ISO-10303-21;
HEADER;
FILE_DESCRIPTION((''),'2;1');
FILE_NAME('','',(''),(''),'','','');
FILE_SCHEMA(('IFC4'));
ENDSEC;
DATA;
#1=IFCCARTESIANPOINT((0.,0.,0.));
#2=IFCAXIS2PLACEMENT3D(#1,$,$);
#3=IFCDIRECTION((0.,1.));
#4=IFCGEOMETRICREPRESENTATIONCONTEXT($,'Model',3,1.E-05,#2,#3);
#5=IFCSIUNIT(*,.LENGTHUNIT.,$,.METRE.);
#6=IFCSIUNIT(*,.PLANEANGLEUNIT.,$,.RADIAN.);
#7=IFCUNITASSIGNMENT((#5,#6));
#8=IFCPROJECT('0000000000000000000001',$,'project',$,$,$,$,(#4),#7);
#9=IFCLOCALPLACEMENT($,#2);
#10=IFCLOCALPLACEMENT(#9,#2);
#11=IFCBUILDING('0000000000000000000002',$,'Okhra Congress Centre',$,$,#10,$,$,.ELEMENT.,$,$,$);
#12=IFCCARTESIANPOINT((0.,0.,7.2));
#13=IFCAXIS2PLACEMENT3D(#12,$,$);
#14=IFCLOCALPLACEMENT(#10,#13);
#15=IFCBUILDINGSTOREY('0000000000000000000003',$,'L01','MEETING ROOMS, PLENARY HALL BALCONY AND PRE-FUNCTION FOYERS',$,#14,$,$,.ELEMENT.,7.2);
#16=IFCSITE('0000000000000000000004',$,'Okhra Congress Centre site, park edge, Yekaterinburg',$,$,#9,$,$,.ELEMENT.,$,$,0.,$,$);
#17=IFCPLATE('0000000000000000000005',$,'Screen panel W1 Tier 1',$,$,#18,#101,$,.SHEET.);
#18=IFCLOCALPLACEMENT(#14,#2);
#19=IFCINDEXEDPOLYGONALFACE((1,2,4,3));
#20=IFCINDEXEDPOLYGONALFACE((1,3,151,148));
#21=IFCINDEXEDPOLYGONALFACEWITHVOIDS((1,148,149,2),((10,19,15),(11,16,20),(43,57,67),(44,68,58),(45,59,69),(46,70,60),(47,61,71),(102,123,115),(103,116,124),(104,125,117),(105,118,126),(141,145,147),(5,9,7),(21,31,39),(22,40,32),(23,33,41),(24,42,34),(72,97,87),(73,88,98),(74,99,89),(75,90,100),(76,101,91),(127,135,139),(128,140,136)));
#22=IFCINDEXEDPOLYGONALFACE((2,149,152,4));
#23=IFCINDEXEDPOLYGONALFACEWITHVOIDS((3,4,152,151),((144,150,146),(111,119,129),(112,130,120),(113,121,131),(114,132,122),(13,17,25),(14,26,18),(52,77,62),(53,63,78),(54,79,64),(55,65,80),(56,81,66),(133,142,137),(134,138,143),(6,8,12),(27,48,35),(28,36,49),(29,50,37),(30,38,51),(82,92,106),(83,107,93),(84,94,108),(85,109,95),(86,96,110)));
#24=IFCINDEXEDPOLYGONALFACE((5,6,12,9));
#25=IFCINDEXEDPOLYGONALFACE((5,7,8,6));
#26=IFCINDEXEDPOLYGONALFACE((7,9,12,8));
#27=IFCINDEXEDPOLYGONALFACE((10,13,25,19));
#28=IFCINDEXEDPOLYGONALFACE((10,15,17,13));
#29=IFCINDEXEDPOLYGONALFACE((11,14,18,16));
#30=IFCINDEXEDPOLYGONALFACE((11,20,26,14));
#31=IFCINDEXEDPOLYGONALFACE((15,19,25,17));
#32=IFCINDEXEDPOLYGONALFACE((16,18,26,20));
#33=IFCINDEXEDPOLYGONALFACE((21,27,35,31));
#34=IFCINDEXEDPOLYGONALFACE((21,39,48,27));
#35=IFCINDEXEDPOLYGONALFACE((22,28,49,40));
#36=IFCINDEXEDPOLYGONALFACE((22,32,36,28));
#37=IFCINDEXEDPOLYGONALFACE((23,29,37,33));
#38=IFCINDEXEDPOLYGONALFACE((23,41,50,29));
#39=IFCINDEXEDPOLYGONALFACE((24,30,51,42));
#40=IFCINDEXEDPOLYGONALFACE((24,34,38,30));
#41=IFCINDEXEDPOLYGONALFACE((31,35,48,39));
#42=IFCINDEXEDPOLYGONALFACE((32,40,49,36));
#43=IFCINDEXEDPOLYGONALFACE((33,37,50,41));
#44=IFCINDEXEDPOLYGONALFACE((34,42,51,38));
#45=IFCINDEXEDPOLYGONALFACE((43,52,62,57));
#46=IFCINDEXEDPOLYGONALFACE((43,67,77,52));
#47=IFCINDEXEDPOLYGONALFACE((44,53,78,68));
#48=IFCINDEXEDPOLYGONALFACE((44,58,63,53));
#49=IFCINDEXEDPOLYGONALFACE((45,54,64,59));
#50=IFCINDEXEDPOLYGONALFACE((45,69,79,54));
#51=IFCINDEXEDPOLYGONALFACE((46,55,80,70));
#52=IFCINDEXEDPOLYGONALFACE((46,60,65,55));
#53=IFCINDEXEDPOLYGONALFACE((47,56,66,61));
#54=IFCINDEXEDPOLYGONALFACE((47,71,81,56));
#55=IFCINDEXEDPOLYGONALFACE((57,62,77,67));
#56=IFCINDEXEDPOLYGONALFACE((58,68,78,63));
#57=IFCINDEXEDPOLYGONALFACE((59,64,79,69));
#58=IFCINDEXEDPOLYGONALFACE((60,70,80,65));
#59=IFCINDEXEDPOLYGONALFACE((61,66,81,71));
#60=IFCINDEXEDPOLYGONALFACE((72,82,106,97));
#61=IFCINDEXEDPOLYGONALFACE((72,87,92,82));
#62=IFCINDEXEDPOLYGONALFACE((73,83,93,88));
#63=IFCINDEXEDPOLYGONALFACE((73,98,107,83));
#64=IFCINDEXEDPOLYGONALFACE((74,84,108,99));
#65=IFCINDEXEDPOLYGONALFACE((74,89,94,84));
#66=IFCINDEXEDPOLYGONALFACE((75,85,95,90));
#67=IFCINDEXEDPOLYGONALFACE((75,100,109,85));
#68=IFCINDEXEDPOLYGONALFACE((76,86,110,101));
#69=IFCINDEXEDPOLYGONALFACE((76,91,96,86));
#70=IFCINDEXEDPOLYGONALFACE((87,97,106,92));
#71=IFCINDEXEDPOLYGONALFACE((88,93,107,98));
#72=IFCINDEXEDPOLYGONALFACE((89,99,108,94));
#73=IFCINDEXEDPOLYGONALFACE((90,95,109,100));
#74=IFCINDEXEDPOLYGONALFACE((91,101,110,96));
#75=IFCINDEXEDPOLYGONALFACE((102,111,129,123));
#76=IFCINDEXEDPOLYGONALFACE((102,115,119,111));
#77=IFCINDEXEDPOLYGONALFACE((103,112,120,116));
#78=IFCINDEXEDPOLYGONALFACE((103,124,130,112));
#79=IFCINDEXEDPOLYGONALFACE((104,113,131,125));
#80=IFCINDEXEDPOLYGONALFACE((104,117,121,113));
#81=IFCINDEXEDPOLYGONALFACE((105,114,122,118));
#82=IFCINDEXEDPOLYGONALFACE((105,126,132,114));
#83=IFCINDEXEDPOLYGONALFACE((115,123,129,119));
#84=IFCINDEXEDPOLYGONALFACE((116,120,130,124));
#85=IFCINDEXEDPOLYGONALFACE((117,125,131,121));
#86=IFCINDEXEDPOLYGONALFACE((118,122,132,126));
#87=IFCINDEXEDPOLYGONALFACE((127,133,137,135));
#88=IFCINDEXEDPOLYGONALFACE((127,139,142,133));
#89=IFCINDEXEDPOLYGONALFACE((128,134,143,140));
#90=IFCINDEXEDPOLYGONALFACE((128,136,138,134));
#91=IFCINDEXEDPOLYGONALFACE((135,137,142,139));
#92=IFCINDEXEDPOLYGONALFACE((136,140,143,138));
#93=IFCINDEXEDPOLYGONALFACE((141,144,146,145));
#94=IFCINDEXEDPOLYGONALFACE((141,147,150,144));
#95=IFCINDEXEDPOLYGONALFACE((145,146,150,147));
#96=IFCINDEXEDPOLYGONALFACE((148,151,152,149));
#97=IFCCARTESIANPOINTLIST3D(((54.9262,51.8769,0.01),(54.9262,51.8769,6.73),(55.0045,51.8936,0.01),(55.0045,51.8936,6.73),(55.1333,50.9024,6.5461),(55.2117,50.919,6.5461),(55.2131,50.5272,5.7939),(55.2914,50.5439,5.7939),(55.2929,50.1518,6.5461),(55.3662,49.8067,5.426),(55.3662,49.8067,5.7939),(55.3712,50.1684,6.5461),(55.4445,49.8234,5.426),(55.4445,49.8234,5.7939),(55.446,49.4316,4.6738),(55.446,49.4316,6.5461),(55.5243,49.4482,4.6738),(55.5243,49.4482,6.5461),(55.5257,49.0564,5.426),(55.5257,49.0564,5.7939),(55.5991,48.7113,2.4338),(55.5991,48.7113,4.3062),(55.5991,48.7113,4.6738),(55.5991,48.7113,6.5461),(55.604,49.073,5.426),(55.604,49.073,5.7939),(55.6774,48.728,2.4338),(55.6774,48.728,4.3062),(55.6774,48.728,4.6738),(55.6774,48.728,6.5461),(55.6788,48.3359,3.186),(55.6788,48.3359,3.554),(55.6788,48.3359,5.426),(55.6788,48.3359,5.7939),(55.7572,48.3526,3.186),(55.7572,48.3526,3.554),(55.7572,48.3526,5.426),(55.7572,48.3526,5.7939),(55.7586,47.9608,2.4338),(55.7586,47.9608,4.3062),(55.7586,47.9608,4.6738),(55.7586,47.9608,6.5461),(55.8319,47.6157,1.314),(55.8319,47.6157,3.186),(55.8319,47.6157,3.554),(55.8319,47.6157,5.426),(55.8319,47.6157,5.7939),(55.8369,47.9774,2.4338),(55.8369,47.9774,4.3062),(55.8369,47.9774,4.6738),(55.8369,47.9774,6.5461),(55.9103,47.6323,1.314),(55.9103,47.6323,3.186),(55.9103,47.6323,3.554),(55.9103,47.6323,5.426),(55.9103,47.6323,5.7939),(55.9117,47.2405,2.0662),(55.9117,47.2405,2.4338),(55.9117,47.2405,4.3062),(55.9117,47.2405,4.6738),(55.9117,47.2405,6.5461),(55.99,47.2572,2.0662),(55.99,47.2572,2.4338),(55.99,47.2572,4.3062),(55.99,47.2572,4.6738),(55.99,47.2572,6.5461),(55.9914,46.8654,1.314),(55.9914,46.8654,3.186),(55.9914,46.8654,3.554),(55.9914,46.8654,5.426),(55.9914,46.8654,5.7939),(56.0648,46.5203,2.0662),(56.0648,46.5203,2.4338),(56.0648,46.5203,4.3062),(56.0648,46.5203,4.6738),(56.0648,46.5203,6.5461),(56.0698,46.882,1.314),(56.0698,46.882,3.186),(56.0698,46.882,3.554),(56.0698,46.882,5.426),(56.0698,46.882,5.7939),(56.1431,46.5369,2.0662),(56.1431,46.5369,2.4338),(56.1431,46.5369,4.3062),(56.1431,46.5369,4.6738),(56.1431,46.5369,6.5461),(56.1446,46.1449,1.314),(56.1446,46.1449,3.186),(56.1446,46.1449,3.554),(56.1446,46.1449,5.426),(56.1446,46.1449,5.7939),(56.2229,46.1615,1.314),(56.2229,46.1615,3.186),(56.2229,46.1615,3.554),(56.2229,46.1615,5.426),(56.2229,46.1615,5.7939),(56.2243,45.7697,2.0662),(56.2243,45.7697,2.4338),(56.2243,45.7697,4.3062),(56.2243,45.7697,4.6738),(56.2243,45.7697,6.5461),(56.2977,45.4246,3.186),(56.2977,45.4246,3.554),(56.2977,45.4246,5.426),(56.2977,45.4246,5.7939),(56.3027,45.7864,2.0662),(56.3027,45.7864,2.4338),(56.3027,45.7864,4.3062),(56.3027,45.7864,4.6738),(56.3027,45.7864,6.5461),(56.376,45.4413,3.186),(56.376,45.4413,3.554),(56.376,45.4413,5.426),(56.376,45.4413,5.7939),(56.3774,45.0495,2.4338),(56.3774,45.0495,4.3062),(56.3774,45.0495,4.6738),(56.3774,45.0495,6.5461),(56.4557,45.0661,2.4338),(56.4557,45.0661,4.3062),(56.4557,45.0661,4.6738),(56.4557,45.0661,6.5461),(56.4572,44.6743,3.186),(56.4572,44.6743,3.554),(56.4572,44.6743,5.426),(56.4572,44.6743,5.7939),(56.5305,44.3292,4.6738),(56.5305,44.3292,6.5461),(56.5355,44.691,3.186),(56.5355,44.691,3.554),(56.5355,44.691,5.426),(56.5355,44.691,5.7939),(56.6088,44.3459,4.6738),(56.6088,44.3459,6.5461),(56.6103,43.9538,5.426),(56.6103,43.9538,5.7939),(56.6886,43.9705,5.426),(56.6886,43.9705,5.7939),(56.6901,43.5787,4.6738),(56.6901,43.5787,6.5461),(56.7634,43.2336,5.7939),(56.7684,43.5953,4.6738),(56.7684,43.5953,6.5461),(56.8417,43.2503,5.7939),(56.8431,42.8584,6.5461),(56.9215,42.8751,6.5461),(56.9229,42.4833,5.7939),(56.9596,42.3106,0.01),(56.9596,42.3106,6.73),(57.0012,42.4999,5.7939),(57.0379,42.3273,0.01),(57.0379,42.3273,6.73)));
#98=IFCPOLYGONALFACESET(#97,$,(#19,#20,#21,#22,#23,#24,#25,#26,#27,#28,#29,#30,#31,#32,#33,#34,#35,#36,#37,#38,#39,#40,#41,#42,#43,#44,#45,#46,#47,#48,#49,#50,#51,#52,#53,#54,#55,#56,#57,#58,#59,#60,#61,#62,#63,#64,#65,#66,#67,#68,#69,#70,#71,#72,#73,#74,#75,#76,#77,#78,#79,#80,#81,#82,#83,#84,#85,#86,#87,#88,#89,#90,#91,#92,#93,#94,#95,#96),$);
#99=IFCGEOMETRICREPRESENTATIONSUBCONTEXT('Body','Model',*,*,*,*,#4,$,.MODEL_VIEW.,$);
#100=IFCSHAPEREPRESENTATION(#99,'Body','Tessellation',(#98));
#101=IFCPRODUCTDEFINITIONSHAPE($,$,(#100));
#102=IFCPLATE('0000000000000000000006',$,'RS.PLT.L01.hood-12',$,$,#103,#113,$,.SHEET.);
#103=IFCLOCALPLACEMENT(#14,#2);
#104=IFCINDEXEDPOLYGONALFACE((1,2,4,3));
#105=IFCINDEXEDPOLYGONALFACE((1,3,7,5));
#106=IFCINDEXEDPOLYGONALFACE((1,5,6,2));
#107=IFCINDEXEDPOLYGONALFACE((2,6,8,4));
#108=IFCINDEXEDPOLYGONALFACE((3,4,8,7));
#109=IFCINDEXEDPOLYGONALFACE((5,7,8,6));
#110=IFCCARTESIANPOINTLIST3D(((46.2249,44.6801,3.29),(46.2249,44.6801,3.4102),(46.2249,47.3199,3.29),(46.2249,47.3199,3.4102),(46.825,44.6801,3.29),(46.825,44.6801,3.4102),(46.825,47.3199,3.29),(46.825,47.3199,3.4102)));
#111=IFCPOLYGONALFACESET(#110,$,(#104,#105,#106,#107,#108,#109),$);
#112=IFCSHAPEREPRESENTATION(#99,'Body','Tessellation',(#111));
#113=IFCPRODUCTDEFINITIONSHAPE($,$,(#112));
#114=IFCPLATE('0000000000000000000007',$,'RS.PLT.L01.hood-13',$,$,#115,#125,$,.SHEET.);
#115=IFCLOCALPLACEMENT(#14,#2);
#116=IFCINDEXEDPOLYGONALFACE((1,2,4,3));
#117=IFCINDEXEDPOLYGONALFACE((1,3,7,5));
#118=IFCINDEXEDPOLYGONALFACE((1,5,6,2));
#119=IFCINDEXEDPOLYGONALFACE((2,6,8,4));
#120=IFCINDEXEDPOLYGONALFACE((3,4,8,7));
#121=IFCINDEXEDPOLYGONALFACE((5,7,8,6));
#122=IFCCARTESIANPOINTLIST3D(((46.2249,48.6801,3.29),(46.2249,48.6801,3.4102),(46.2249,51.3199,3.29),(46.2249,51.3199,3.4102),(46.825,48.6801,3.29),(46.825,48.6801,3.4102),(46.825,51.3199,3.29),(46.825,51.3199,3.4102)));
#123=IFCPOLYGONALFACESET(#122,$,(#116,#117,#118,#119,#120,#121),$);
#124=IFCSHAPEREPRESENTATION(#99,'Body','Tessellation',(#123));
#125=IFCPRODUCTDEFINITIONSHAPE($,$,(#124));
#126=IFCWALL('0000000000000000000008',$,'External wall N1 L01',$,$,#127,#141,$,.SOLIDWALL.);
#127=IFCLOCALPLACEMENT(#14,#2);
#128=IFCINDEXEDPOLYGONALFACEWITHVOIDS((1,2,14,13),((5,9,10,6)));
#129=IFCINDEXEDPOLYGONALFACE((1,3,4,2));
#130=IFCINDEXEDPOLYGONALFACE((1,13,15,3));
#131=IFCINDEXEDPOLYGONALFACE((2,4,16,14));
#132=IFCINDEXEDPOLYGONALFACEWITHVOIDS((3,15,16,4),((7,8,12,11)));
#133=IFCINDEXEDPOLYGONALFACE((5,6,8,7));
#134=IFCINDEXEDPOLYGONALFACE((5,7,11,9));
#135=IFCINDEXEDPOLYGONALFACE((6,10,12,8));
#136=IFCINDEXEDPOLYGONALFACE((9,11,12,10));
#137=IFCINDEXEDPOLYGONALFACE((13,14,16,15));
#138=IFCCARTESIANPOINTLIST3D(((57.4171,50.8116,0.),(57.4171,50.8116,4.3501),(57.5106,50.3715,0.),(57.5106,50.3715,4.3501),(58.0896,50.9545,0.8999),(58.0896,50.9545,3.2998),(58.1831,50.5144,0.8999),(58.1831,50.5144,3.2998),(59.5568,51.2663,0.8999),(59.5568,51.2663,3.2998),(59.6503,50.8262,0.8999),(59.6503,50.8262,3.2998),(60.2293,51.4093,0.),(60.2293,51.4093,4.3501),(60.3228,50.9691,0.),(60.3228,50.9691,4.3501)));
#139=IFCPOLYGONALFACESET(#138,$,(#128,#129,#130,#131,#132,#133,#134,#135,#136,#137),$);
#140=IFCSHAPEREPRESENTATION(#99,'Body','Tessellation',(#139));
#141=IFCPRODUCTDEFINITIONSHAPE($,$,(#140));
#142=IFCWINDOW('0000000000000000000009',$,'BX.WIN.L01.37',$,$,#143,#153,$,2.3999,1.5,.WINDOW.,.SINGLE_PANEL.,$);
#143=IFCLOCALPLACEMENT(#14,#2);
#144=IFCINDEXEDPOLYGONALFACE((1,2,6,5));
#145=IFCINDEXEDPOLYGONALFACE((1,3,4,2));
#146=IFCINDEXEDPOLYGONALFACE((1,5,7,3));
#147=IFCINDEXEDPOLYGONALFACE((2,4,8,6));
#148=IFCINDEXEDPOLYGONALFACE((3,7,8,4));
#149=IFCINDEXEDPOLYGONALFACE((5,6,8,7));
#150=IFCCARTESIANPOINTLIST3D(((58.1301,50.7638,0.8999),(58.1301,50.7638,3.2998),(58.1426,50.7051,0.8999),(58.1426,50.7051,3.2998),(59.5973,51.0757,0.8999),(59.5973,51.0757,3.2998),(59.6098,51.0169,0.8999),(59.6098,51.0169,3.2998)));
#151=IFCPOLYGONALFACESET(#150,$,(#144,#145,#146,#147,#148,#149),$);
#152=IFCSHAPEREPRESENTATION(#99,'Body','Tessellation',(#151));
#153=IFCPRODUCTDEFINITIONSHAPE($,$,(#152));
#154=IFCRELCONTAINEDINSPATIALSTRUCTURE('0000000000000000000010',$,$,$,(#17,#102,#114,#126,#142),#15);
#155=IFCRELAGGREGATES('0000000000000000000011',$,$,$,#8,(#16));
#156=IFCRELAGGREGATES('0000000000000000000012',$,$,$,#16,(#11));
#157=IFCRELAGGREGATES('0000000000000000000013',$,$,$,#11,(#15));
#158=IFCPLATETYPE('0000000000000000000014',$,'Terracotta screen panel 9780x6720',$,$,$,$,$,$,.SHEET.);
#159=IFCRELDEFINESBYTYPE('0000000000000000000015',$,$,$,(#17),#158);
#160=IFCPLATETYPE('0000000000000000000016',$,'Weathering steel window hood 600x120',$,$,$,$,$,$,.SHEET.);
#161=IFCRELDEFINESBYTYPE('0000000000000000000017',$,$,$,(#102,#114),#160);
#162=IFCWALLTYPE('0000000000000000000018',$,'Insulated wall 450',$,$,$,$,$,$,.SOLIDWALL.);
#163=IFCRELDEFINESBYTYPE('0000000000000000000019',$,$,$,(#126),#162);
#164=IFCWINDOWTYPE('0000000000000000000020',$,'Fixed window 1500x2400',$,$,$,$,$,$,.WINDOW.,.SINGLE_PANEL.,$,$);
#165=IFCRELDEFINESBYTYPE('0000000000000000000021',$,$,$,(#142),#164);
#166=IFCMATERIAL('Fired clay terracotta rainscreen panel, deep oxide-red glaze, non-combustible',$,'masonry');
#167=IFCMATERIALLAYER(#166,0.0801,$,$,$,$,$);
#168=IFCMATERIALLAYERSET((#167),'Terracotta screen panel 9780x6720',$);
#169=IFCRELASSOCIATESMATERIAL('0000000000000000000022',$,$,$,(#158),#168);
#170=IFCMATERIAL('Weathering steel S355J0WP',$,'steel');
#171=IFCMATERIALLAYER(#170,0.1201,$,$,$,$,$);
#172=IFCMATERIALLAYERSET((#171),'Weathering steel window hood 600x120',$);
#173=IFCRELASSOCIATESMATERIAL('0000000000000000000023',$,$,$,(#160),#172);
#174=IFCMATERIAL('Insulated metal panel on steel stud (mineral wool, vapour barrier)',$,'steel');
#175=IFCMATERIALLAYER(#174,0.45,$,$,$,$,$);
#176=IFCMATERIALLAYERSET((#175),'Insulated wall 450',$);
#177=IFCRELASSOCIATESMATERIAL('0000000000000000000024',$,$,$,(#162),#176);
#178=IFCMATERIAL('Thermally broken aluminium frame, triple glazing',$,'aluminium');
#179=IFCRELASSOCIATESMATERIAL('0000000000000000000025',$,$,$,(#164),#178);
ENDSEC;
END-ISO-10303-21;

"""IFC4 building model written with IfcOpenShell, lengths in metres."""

from ifc_helpers import new_model, si_unit, direction, frame, frame_2d, origin, origin_2d, place, context, subcontext, project, spatial, polyline, rectangle, outline, extrude, material, layer, layer_set, type_object, element, fill, save


model = new_model("IFC4")

# Units and contexts
model_context = context("Model", 3, precision=1e-05, world=origin(), true_north=direction((0.0, 1.0)))
body_context = subcontext(model_context, "Body", "Model", "MODEL_VIEW")
ifc_project = project(units=[si_unit("LENGTHUNIT", "METRE"), si_unit("PLANEANGLEUNIT", "RADIAN")], contexts=[model_context])

# Site, building, storey
site_placement = place(None, origin())
site = spatial("IfcSite", under=ifc_project, at=site_placement, Name="Okhra Congress Centre site, park edge, Yekaterinburg", CompositionType="ELEMENT", RefElevation=0.0)
building_placement = place(site_placement, origin())
building = spatial("IfcBuilding", under=site, at=building_placement, Name="Okhra Congress Centre", CompositionType="ELEMENT")
storey_placement = place(building_placement, frame((0.0, 0.0, 7.2)))
storey = spatial("IfcBuildingStorey", under=building, at=storey_placement, Name="L01", Description="MEETING ROOMS, PLENARY HALL BALCONY AND PRE-FUNCTION FOYERS", CompositionType="ELEMENT", Elevation=7.2)

# Plates
ifc_material_1 = material(Name="Fired clay terracotta rainscreen panel, deep oxide-red glaze, non-combustible", Category="masonry")
ifc_layer_1 = layer(ifc_material_1, 0.0801)
ifc_layer_set_1 = layer_set([ifc_layer_1], Name="Terracotta screen panel 9780x6720")
plate_type_1 = type_object("IfcPlateType", Name="Terracotta screen panel 9780x6720", PredefinedType="SHEET", material=ifc_layer_set_1)
plate_1_placement = place(storey_placement, frame((54.9653, 51.8853, 0.01), z_axis=(0.0, 0.0, 1.0), x_axis=(0.207916, -0.978147, 0.0)))
element("IfcPlate", 1, at=plate_1_placement, inside=storey, type_object=plate_type_1, Name="Screen panel W1 Tier 1", PredefinedType="SHEET", context=body_context, shape_type="SweptSolid", body=[
    extrude(outline(polyline([(0.0, 0.0), (9.78, 0.0), (9.78, 6.72), (0.0, 6.72), (0.0, 0.0)]), holes=[polyline([(4.3564, 1.304), (5.1235, 1.304), (4.74, 2.0562), (4.3564, 1.304)]), polyline([(5.4763, 2.0562), (5.8601, 1.304), (6.2437, 2.0562), (5.4763, 2.0562)]), polyline([(3.2363, 2.4238), (4.0037, 2.4238), (3.6201, 3.176), (3.2363, 2.4238)]), polyline([(4.3564, 3.176), (4.74, 2.4238), (5.1235, 3.176), (4.3564, 3.176)]), polyline([(5.4763, 2.4238), (6.2437, 2.4238), (5.8601, 3.176), (5.4763, 2.4238)]), polyline([(6.5964, 3.176), (6.98, 2.4238), (7.3635, 3.176), (6.5964, 3.176)]), polyline([(3.2363, 4.2961), (3.6201, 3.5439), (4.0037, 4.2961), (3.2363, 4.2961)]), polyline([(4.3564, 3.5439), (5.1235, 3.5439), (4.74, 4.2961), (4.3564, 3.5439)]), polyline([(5.4763, 4.2961), (5.8601, 3.5439), (6.2437, 4.2961), (5.4763, 4.2961)]), polyline([(6.5964, 3.5439), (7.3635, 3.5439), (6.98, 4.2961), (6.5964, 3.5439)]), polyline([(2.1165, 5.416), (2.5, 4.6638), (2.8835, 5.416), (2.1165, 5.416)]), polyline([(3.2363, 4.6638), (4.0037, 4.6638), (3.6201, 5.416), (3.2363, 4.6638)]), polyline([(4.3564, 5.416), (4.74, 4.6638), (5.1235, 5.416), (4.3564, 5.416)]), polyline([(5.4763, 4.6638), (6.2437, 4.6638), (5.8601, 5.416), (5.4763, 4.6638)]), polyline([(6.5964, 5.416), (6.98, 4.6638), (7.3635, 5.416), (6.5964, 5.416)]), polyline([(7.7163, 4.6638), (8.4836, 4.6638), (8.1001, 5.416), (7.7163, 4.6638)]), polyline([(0.9963, 6.5361), (1.3799, 5.7839), (1.7637, 6.5361), (0.9963, 6.5361)]), polyline([(2.1165, 5.7839), (2.8835, 5.7839), (2.5, 6.5361), (2.1165, 5.7839)]), polyline([(3.2363, 6.5361), (3.6201, 5.7839), (4.0037, 6.5361), (3.2363, 6.5361)]), polyline([(4.3564, 5.7839), (5.1235, 5.7839), (4.74, 6.5361), (4.3564, 5.7839)]), polyline([(5.4763, 6.5361), (5.8601, 5.7839), (6.2437, 6.5361), (5.4763, 6.5361)]), polyline([(6.5964, 5.7839), (7.3635, 5.7839), (6.98, 6.5361), (6.5964, 5.7839)]), polyline([(7.7163, 6.5361), (8.1001, 5.7839), (8.4836, 6.5361), (7.7163, 6.5361)]), polyline([(8.8364, 5.7839), (9.6035, 5.7839), (9.22, 6.5361), (8.8364, 5.7839)])]), frame((0.0, 0.04, 0.0), z_axis=(0.0, -1.0, 0.0), x_axis=(1.0, 0.0, 0.0)), (0.0, 0.0, 1.0), 0.0801),
])
ifc_material_2 = material(Name="Weathering steel S355J0WP", Category="steel")
ifc_layer_2 = layer(ifc_material_2, 0.1201)
ifc_layer_set_2 = layer_set([ifc_layer_2], Name="Weathering steel window hood 600x120")
plate_type_2 = type_object("IfcPlateType", Name="Weathering steel window hood 600x120", PredefinedType="SHEET", material=ifc_layer_set_2)
for number, where, z_axis, x_axis, name in (
    (2, (46.5249, 46.0, 3.29), (0.0, 0.0, 1.0), (0.0, 1.0, 0.0), "RS.PLT.L01.hood-12"),
    (3, (46.5249, 50.0, 3.29), (0.0, 0.0, 1.0), (0.0, 1.0, 0.0), "RS.PLT.L01.hood-13"),
):
    element("IfcPlate", number, at=place(storey_placement, frame(where, z_axis=z_axis, x_axis=x_axis)), inside=storey, type_object=plate_type_2, Name=name, PredefinedType="SHEET", context=body_context, shape_type="SweptSolid", body=[
        extrude(rectangle(XDim=2.6399, YDim=0.6001, at=origin_2d()), origin(), (0.0, 0.0, 1.0), 0.1201),
    ])

# Wall, opening, window
ifc_material_3 = material(Name="Insulated metal panel on steel stud (mineral wool, vapour barrier)", Category="steel")
ifc_layer_3 = layer(ifc_material_3, 0.45)
ifc_layer_set_3 = layer_set([ifc_layer_3], Name="Insulated wall 450")
wall_type = type_object("IfcWallType", Name="Insulated wall 450", PredefinedType="SOLIDWALL", material=ifc_layer_set_3)
wall_1_placement = place(storey_placement, frame((57.4639, 50.5916, 0.0), z_axis=(0.0, 0.0, 1.0), x_axis=(0.978155, 0.207876, 0.0)))
wall_1 = element("IfcWall", 4, at=wall_1_placement, inside=storey, type_object=wall_type, Name="External wall N1 L01", PredefinedType="SOLIDWALL", context=body_context, shape_type="SweptSolid", body=[
    extrude(rectangle(XDim=2.875, YDim=0.45, at=frame_2d((1.4375, 0.0))), origin(), (0.0, 0.0, 1.0), 4.3501),
])
opening_1_placement = place(wall_1_placement, frame((0.6875, 0.0, 0.8999)))
opening_1 = element("IfcOpeningElement", 5, at=opening_1_placement, cuts=wall_1, PredefinedType="OPENING", context=body_context, shape_type="SweptSolid", body=[
    extrude(rectangle(XDim=1.5, YDim=2.3999, at=frame_2d((0.75, 1.2))), frame((0.0, 0.2349, 0.0), z_axis=(0.0, -1.0, 0.0), x_axis=(1.0, 0.0, 0.0)), (0.0, 0.0, 1.0), 0.47),
])
ifc_material_4 = material(Name="Thermally broken aluminium frame, triple glazing", Category="aluminium")
window_type = type_object("IfcWindowType", Name="Fixed window 1500x2400", PartitioningType="SINGLE_PANEL", PredefinedType="WINDOW", material=ifc_material_4)
window_1_placement = place(opening_1_placement, origin())
window_1 = element("IfcWindow", 6, at=window_1_placement, inside=storey, type_object=window_type, Name="BX.WIN.L01.37", OverallHeight=2.3999, OverallWidth=1.5, PartitioningType="SINGLE_PANEL", PredefinedType="WINDOW", context=body_context, shape_type="SweptSolid", body=[
    extrude(rectangle(XDim=1.5, YDim=2.3999, at=frame_2d((0.75, 1.2))), frame((0.0, 0.03, 0.0), z_axis=(0.0, -1.0, 0.0), x_axis=(1.0, 0.0, 0.0)), (0.0, 0.0, 1.0), 0.0601),
])
fill(opening_1, window_1)

save(model, "model.ifc")
